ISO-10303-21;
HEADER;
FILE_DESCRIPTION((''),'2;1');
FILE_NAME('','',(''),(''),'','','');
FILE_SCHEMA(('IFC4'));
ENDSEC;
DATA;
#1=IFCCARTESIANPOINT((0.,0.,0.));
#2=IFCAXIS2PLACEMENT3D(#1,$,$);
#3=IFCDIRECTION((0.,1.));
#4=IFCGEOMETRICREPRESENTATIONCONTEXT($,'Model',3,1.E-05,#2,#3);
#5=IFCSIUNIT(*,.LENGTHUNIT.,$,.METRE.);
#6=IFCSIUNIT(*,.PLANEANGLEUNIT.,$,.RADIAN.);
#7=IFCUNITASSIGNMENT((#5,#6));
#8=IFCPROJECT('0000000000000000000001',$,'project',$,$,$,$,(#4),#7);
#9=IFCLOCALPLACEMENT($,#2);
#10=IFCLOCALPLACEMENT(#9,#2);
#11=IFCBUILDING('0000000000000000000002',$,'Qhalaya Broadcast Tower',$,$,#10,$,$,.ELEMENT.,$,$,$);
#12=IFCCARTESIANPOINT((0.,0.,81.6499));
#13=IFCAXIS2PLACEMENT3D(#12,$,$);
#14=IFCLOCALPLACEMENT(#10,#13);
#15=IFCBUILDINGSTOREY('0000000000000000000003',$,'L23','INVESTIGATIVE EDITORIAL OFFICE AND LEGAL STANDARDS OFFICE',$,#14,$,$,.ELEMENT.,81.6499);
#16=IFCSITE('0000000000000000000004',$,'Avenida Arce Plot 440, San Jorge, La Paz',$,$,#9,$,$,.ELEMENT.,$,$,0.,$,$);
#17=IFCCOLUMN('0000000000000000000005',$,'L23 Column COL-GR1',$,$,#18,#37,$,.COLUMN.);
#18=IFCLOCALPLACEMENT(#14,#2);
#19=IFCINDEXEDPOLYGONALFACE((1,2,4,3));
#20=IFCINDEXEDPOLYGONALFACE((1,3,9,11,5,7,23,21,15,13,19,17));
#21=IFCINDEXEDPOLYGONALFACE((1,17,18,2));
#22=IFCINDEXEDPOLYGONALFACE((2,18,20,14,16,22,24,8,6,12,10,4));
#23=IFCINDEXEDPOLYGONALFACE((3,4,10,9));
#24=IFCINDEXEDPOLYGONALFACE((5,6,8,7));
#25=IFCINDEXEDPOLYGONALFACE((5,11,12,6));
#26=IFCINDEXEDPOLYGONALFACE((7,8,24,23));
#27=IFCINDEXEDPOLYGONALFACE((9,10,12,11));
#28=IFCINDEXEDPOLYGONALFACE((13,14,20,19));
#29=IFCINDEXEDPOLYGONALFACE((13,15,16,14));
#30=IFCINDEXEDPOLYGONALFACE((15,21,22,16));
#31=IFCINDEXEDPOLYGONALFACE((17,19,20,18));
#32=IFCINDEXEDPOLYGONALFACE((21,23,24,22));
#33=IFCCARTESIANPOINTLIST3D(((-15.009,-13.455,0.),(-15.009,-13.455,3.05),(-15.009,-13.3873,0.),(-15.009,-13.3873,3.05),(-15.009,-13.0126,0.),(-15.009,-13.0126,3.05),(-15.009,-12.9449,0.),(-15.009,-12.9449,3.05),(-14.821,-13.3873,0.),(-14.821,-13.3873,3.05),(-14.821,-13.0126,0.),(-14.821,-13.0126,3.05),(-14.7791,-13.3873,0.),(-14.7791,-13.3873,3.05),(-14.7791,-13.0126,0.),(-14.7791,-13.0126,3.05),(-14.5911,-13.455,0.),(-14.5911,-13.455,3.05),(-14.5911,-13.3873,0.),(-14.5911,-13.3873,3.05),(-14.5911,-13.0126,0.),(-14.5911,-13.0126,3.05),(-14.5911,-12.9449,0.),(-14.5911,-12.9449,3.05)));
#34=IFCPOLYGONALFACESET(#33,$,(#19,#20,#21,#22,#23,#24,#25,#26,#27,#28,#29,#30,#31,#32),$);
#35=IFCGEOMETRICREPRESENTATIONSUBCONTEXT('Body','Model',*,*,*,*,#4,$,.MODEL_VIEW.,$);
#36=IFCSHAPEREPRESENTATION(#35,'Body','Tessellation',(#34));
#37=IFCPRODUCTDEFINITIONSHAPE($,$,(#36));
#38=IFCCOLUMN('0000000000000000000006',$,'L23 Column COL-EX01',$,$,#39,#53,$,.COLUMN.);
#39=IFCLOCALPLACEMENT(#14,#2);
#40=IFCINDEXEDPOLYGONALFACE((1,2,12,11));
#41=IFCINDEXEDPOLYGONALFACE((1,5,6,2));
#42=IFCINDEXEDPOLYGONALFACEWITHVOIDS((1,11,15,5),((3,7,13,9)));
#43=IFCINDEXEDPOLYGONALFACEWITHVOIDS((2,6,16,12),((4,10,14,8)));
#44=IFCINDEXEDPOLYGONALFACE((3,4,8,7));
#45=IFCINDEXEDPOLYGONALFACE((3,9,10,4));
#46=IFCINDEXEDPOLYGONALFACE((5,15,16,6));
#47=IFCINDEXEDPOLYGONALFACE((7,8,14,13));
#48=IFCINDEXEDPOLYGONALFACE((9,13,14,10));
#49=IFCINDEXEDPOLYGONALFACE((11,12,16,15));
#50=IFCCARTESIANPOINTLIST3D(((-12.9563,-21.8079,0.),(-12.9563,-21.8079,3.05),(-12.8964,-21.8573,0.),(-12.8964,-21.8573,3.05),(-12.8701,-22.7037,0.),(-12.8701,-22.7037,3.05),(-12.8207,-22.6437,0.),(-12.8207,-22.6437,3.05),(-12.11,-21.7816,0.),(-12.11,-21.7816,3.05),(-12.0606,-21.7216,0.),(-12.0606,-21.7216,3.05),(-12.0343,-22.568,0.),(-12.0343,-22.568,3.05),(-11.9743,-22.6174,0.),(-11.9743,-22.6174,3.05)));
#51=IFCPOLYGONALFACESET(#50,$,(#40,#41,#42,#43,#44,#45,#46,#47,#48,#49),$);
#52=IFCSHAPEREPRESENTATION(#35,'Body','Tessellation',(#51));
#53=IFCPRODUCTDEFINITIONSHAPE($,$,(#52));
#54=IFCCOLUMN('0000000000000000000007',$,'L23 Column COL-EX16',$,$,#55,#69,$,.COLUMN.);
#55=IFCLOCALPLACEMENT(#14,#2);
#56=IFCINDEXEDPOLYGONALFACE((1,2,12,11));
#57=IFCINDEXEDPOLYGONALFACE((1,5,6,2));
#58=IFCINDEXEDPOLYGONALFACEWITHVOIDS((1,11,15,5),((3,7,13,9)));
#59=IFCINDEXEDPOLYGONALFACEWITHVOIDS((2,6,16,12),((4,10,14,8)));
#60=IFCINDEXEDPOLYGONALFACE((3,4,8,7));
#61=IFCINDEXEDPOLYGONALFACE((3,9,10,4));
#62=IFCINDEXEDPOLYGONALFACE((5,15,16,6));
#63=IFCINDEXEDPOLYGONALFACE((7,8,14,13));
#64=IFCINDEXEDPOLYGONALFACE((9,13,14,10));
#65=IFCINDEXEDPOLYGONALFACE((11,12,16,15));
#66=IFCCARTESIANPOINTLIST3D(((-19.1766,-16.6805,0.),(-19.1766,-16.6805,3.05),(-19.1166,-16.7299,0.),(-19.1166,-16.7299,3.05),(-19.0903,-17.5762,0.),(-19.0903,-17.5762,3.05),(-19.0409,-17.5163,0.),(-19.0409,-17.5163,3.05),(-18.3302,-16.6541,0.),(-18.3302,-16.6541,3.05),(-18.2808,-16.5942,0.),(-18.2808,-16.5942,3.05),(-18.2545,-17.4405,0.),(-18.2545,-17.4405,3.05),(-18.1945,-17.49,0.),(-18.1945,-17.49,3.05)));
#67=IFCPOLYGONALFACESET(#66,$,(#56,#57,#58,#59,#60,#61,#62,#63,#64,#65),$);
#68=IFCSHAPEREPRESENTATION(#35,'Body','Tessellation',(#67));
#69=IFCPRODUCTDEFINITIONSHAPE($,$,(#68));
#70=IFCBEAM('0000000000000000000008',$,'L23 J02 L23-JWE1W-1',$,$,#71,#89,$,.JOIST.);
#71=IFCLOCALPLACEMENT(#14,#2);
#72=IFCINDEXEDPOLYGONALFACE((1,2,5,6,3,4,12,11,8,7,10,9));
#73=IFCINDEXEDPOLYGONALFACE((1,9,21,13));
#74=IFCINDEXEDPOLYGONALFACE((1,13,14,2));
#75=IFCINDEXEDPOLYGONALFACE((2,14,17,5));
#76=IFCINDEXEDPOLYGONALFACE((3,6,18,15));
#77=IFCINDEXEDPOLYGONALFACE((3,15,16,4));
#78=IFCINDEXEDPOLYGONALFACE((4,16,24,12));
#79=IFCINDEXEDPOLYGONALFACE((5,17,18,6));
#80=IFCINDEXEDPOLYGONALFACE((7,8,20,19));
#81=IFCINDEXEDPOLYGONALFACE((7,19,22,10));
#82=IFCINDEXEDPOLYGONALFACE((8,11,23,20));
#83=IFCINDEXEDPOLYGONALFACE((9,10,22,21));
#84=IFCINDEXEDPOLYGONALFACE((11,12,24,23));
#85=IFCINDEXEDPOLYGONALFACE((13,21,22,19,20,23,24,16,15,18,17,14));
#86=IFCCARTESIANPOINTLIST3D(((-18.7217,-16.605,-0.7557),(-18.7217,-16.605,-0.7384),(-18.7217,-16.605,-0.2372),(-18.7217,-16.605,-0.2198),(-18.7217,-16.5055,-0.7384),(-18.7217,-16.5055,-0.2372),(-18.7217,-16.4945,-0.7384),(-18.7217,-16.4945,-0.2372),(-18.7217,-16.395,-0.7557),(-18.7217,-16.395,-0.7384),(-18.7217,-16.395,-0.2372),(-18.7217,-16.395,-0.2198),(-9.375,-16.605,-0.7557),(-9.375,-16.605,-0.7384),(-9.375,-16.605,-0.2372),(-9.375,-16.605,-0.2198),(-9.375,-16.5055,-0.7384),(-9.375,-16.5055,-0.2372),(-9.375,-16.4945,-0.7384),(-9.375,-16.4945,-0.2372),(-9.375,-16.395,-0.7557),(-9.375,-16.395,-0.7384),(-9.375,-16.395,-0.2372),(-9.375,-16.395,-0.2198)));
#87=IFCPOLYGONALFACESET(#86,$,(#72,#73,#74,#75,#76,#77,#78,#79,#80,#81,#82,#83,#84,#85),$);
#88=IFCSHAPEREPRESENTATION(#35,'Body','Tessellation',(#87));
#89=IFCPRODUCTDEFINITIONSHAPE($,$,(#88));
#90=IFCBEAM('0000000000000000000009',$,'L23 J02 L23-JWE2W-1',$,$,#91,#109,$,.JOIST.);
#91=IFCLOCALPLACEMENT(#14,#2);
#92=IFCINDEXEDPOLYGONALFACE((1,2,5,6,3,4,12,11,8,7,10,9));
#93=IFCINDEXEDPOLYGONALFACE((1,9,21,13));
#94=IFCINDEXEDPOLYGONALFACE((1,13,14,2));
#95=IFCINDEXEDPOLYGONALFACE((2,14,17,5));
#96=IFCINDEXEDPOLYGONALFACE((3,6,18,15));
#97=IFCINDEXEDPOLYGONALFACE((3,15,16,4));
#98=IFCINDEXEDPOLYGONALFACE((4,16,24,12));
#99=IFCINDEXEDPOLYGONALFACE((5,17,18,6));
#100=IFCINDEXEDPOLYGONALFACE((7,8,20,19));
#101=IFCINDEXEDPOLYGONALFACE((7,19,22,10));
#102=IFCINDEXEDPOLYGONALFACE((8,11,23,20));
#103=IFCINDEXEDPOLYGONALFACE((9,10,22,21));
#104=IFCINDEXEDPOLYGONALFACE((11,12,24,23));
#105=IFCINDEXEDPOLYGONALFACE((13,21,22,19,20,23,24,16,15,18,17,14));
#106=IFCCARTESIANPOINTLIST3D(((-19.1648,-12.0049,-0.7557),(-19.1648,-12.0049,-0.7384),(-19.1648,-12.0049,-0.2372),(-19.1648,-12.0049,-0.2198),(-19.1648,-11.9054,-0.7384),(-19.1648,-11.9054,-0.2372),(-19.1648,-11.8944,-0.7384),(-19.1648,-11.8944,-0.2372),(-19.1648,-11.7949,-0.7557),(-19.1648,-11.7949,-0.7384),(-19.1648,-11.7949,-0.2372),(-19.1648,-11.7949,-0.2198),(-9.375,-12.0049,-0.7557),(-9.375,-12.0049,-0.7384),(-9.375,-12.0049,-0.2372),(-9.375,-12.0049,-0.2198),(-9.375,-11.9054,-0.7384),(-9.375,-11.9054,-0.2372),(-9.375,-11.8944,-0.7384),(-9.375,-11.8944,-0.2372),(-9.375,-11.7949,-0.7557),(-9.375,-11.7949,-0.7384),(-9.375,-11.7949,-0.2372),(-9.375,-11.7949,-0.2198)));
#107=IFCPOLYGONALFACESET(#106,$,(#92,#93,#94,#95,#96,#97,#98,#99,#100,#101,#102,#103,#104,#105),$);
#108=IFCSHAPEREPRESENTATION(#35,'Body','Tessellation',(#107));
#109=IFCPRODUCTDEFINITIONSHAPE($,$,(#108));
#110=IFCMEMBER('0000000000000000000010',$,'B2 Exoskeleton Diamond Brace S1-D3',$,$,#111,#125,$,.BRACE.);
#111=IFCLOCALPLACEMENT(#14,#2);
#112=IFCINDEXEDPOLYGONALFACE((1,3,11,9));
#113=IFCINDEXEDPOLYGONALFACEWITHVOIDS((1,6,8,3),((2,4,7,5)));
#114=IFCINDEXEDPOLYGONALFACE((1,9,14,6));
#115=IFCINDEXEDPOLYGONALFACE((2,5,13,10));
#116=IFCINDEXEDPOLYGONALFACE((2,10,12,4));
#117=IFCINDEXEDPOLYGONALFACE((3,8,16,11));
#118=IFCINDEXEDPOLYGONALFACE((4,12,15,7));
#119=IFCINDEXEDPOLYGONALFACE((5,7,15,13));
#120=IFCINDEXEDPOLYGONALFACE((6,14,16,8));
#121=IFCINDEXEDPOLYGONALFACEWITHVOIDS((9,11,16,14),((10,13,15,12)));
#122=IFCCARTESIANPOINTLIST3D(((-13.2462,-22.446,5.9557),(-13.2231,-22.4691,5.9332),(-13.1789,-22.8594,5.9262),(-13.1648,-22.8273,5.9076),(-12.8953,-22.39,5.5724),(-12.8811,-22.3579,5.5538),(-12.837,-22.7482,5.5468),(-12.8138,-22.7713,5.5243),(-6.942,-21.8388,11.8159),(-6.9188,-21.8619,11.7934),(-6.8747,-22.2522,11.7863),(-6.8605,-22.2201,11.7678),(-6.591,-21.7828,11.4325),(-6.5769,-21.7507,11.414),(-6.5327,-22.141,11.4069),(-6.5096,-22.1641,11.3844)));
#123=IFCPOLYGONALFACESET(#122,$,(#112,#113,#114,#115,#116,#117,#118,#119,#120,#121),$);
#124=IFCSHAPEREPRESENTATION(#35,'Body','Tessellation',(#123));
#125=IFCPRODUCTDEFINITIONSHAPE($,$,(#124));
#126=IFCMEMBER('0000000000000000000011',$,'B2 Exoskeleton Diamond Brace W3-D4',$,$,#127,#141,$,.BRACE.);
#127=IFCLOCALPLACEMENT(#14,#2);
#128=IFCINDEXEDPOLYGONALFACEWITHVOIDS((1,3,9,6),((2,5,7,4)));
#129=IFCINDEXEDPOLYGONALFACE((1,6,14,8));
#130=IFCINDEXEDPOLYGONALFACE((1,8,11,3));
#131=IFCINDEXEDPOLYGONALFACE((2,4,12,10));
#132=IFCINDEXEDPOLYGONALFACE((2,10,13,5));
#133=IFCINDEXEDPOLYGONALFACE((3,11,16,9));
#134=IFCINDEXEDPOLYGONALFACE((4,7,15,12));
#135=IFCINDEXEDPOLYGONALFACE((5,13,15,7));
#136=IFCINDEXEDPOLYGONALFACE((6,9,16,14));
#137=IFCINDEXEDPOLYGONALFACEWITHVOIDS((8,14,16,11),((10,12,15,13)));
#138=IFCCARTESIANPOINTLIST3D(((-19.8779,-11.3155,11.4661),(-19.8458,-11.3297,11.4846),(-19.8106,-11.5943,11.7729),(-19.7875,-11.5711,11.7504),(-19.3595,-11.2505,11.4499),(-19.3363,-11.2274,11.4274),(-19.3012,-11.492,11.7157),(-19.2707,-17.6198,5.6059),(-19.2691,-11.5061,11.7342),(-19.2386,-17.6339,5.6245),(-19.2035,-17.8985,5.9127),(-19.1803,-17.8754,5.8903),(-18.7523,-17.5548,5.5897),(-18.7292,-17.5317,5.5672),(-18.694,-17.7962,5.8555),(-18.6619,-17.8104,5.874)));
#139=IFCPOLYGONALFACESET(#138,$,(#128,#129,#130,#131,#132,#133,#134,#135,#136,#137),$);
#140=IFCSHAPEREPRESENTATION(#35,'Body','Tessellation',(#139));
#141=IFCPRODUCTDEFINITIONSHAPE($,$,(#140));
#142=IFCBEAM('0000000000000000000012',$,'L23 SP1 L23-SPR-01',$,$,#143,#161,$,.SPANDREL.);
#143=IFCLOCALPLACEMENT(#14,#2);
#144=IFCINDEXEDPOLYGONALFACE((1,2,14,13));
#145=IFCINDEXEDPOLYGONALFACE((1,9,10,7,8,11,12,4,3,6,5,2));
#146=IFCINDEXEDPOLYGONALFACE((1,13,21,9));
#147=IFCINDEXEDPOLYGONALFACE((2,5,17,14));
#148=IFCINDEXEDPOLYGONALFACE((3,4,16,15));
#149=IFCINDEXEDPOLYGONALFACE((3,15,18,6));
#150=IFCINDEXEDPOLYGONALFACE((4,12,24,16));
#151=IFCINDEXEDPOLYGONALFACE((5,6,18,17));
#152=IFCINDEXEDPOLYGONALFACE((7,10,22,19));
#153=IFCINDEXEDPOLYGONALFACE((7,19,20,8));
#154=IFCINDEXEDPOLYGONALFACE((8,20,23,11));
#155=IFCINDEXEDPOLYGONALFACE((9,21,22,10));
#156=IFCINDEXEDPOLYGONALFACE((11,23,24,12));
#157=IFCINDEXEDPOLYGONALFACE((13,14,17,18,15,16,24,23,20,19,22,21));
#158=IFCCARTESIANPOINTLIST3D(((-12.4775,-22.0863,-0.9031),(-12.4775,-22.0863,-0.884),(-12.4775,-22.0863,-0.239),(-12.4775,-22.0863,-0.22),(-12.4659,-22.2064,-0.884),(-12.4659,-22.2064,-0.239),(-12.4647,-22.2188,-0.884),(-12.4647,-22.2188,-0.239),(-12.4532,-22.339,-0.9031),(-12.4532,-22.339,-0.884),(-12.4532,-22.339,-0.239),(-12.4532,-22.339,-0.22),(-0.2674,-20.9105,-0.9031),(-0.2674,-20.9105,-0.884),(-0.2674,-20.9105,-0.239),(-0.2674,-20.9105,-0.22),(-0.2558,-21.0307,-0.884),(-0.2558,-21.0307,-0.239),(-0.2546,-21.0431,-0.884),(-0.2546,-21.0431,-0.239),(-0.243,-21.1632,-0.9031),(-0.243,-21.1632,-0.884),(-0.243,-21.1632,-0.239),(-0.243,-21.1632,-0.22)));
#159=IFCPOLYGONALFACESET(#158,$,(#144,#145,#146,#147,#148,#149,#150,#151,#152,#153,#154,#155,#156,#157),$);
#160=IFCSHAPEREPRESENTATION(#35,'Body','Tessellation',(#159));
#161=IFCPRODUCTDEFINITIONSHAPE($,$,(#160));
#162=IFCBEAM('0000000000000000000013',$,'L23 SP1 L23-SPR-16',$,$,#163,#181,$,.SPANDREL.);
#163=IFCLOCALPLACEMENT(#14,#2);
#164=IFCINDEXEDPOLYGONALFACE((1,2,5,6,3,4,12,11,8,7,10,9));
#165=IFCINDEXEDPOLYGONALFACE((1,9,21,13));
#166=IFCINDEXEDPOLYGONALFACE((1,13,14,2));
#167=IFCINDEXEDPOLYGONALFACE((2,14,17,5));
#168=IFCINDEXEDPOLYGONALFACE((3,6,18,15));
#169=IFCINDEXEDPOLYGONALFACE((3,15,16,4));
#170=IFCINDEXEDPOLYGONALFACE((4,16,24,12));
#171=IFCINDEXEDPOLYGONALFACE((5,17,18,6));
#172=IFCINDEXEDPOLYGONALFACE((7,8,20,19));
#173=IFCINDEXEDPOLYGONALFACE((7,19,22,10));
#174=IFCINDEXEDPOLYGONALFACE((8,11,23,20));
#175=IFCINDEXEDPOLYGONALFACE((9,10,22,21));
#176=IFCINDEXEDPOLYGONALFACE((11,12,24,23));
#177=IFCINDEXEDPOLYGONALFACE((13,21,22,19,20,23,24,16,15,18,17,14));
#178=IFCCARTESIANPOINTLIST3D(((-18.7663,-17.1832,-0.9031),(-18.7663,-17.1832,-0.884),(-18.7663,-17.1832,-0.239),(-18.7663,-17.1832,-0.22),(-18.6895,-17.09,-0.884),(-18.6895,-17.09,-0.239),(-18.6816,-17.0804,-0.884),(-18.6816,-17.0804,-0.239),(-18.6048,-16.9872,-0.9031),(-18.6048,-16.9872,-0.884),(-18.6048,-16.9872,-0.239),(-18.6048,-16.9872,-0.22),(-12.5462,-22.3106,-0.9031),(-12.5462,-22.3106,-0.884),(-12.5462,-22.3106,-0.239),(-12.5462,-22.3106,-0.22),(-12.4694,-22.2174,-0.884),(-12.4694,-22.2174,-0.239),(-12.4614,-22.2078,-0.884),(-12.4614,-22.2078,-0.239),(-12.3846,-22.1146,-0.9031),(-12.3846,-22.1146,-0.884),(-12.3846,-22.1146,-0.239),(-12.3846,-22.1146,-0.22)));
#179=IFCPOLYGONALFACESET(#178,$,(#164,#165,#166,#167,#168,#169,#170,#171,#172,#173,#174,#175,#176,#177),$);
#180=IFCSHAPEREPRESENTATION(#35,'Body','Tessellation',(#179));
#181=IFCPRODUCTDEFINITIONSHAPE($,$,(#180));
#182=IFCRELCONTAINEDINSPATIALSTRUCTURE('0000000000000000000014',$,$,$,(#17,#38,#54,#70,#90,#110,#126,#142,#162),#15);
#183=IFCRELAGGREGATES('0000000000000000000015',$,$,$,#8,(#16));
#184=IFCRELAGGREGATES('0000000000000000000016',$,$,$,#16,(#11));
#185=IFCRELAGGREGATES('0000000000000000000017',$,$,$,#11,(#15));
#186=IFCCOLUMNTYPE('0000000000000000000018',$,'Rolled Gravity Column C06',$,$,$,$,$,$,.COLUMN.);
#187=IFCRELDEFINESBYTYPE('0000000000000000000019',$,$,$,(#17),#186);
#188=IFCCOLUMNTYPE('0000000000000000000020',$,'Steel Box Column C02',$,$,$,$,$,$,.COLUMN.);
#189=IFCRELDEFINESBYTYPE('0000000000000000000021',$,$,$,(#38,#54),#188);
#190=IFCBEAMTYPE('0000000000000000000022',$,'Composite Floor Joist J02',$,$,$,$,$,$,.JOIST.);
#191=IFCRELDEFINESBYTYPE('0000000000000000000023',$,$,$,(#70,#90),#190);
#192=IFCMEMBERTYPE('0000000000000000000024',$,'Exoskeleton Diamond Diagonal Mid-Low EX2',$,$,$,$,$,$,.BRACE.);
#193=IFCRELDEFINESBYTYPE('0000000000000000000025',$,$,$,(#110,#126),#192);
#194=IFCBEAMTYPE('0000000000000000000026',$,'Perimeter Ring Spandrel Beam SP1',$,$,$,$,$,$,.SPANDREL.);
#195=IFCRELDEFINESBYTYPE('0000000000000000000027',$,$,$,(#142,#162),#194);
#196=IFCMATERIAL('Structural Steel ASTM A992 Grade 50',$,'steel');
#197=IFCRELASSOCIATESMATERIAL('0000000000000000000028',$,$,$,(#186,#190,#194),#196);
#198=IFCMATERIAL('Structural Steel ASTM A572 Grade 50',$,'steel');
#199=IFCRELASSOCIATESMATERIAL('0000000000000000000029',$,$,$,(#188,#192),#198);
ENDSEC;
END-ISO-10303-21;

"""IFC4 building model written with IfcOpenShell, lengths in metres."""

from ifc_helpers import new_model, si_unit, direction, frame, origin, origin_2d, place, context, subcontext, project, spatial, hollow_rectangle, i_section, extrude, material, material_profile, profile_set, type_object, element, save


model = new_model("IFC4")

# Units and contexts
model_context = context("Model", 3, precision=1e-05, world=origin(), true_north=direction((0.0, 1.0)))
body_context = subcontext(model_context, "Body", "Model", "MODEL_VIEW")
ifc_project = project(units=[si_unit("LENGTHUNIT", "METRE"), si_unit("PLANEANGLEUNIT", "RADIAN")], contexts=[model_context])

# Site, building, storey
site_placement = place(None, origin())
site = spatial("IfcSite", under=ifc_project, at=site_placement, Name="Avenida Arce Plot 440, San Jorge, La Paz", CompositionType="ELEMENT", RefElevation=0.0)
building_placement = place(site_placement, origin())
building = spatial("IfcBuilding", under=site, at=building_placement, Name="Qhalaya Broadcast Tower", CompositionType="ELEMENT")
storey_placement = place(building_placement, frame((0.0, 0.0, 81.6499)))
storey = spatial("IfcBuildingStorey", under=building, at=storey_placement, Name="L23", Description="INVESTIGATIVE EDITORIAL OFFICE AND LEGAL STANDARDS OFFICE", CompositionType="ELEMENT", Elevation=81.6499)

# Columns
ifc_material_1 = material(Name="Structural Steel ASTM A992 Grade 50", Category="steel")
ifc_material_profile_1 = material_profile(ifc_material_1, i_section(OverallWidth=0.418, OverallDepth=0.51, WebThickness=0.042, FlangeThickness=0.0676, at=origin_2d()), Name="W14X370")
ifc_profile_set_1 = profile_set([ifc_material_profile_1], Name="Structural Steel ASTM A992 Grade 50")
column_type_1 = type_object("IfcColumnType", Name="Rolled Gravity Column C06", PredefinedType="COLUMN", material=ifc_profile_set_1)
column_placement = place(storey_placement, frame((-14.8, -13.2, 0.0), z_axis=(0.0, 0.0, 1.0), x_axis=(1.0, 0.0, 0.0)))
element("IfcColumn", 1, at=column_placement, inside=storey, type_object=column_type_1, Name="L23 Column COL-GR1", PredefinedType="COLUMN", context=body_context, shape_type="SweptSolid", body=[
    extrude(i_section(OverallWidth=0.418, OverallDepth=0.51, WebThickness=0.042, FlangeThickness=0.0676, at=origin_2d()), origin(), (0.0, 0.0, 1.0), 3.05),
])
ifc_material_2 = material(Name="Structural Steel ASTM A572 Grade 50", Category="steel")
ifc_material_profile_2 = material_profile(ifc_material_2, hollow_rectangle(XDim=0.8999, YDim=0.8999, WallThickness=0.0549, at=origin_2d()), Name="BOX 900x900x55")
ifc_profile_set_2 = profile_set([ifc_material_profile_2], Name="Structural Steel ASTM A572 Grade 50")
column_type_2 = type_object("IfcColumnType", Name="Steel Box Column C02", PredefinedType="COLUMN", material=ifc_profile_set_2)
for number, where, z_axis, x_axis, name in (
    (2, (-12.4653, -22.2126, 0.0), (0.0, 0.0, 1.0), (0.995396, 0.095846, 0.0), "L23 Column COL-EX01"),
    (3, (-18.6855, -17.0852, 0.0), (0.0, 0.0, 1.0), (-0.095846, 0.995396, 0.0), "L23 Column COL-EX16"),
):
    element("IfcColumn", number, at=place(storey_placement, frame(where, z_axis=z_axis, x_axis=x_axis)), inside=storey, type_object=column_type_2, Name=name, PredefinedType="COLUMN", context=body_context, shape_type="SweptSolid", body=[
        extrude(hollow_rectangle(XDim=0.8999, YDim=0.8999, WallThickness=0.0549, at=origin_2d()), origin(), (0.0, 0.0, 1.0), 3.05),
    ])

# Beams
ifc_material_profile_3 = material_profile(ifc_material_1, i_section(OverallWidth=0.21, OverallDepth=0.5359, WebThickness=0.011, FlangeThickness=0.0173, at=origin_2d()), Name="W21X68")
ifc_profile_set_3 = profile_set([ifc_material_profile_3], Name="Structural Steel ASTM A992 Grade 50")
beam_type_1 = type_object("IfcBeamType", Name="Composite Floor Joist J02", PredefinedType="JOIST", material=ifc_profile_set_3)
beam_1_placement = place(storey_placement, frame((-18.7217, -16.5, -0.4878), z_axis=(1.0, 0.0, 0.0), x_axis=(0.0, 1.0, 0.0)))
element("IfcBeam", 4, at=beam_1_placement, inside=storey, type_object=beam_type_1, Name="L23 J02 L23-JWE1W-1", PredefinedType="JOIST", context=body_context, shape_type="SweptSolid", body=[
    extrude(i_section(OverallWidth=0.21, OverallDepth=0.5359, WebThickness=0.011, FlangeThickness=0.0173, at=origin_2d()), origin(), (0.0, 0.0, 1.0), 9.3467),
])
beam_2_placement = place(storey_placement, frame((-19.1648, -11.8999, -0.4878), z_axis=(1.0, 0.0, 0.0), x_axis=(0.0, 1.0, 0.0)))
element("IfcBeam", 5, at=beam_2_placement, inside=storey, type_object=beam_type_1, Name="L23 J02 L23-JWE2W-1", PredefinedType="JOIST", context=body_context, shape_type="SweptSolid", body=[
    extrude(i_section(OverallWidth=0.21, OverallDepth=0.5359, WebThickness=0.011, FlangeThickness=0.0173, at=origin_2d()), origin(), (0.0, 0.0, 1.0), 9.7898),
])

# Members
ifc_material_profile_4 = material_profile(ifc_material_2, hollow_rectangle(XDim=0.4199, YDim=0.55, WallThickness=0.0281, at=origin_2d()), Name="BOX 420x550x28")
ifc_profile_set_4 = profile_set([ifc_material_profile_4], Name="Structural Steel ASTM A572 Grade 50")
member_type_1 = type_object("IfcMemberType", Name="Exoskeleton Diamond Diagonal Mid-Low EX2", PredefinedType="BRACE", material=ifc_profile_set_4)
for number, where, z_axis, x_axis, name in (
    (6, (-13.03, -22.6086, 5.74), (0.730618, 0.070368, 0.679151), (-0.160222, 0.984571, 0.070351), "B2 Exoskeleton Diamond Brace S1-D3"),
    (7, (-18.9663, -17.7151, 5.74), (-0.070368, 0.730618, 0.679151), (0.160214, -0.663721, 0.73062), "B2 Exoskeleton Diamond Brace W3-D4"),
):
    element("IfcMember", number, at=place(storey_placement, frame(where, z_axis=z_axis, x_axis=x_axis)), inside=storey, type_object=member_type_1, Name=name, PredefinedType="BRACE", context=body_context, shape_type="SweptSolid", body=[
        extrude(hollow_rectangle(XDim=0.4199, YDim=0.55, WallThickness=0.0281, at=origin_2d()), origin(), (0.0, 0.0, 1.0), 8.6287),
    ])

# Beams
ifc_material_profile_5 = material_profile(ifc_material_1, i_section(OverallWidth=0.2539, OverallDepth=0.6831, WebThickness=0.0125, FlangeThickness=0.019, at=origin_2d()), Name="W27X94")
ifc_profile_set_5 = profile_set([ifc_material_profile_5], Name="Structural Steel ASTM A992 Grade 50")
beam_type_2 = type_object("IfcBeamType", Name="Perimeter Ring Spandrel Beam SP1", PredefinedType="SPANDREL", material=ifc_profile_set_5)
beam_3_placement = place(storey_placement, frame((-12.4653, -22.2126, -0.5615), z_axis=(0.995396, 0.095852, 0.0), x_axis=(-0.095852, 0.995396, 0.0)))
element("IfcBeam", 8, at=beam_3_placement, inside=storey, type_object=beam_type_2, Name="L23 SP1 L23-SPR-01", PredefinedType="SPANDREL", context=body_context, shape_type="SweptSolid", body=[
    extrude(i_section(OverallWidth=0.2539, OverallDepth=0.6831, WebThickness=0.0125, FlangeThickness=0.019, at=origin_2d()), origin(), (0.0, 0.0, 1.0), 12.2666),
])
beam_4_placement = place(storey_placement, frame((-18.6855, -17.0852, -0.5615), z_axis=(0.771631, -0.63607, 0.0), x_axis=(0.63607, 0.771631, 0.0)))
element("IfcBeam", 9, at=beam_4_placement, inside=storey, type_object=beam_type_2, Name="L23 SP1 L23-SPR-16", PredefinedType="SPANDREL", context=body_context, shape_type="SweptSolid", body=[
    extrude(i_section(OverallWidth=0.2539, OverallDepth=0.6831, WebThickness=0.0125, FlangeThickness=0.019, at=origin_2d()), origin(), (0.0, 0.0, 1.0), 8.061),
])

save(model, "model.ifc")
